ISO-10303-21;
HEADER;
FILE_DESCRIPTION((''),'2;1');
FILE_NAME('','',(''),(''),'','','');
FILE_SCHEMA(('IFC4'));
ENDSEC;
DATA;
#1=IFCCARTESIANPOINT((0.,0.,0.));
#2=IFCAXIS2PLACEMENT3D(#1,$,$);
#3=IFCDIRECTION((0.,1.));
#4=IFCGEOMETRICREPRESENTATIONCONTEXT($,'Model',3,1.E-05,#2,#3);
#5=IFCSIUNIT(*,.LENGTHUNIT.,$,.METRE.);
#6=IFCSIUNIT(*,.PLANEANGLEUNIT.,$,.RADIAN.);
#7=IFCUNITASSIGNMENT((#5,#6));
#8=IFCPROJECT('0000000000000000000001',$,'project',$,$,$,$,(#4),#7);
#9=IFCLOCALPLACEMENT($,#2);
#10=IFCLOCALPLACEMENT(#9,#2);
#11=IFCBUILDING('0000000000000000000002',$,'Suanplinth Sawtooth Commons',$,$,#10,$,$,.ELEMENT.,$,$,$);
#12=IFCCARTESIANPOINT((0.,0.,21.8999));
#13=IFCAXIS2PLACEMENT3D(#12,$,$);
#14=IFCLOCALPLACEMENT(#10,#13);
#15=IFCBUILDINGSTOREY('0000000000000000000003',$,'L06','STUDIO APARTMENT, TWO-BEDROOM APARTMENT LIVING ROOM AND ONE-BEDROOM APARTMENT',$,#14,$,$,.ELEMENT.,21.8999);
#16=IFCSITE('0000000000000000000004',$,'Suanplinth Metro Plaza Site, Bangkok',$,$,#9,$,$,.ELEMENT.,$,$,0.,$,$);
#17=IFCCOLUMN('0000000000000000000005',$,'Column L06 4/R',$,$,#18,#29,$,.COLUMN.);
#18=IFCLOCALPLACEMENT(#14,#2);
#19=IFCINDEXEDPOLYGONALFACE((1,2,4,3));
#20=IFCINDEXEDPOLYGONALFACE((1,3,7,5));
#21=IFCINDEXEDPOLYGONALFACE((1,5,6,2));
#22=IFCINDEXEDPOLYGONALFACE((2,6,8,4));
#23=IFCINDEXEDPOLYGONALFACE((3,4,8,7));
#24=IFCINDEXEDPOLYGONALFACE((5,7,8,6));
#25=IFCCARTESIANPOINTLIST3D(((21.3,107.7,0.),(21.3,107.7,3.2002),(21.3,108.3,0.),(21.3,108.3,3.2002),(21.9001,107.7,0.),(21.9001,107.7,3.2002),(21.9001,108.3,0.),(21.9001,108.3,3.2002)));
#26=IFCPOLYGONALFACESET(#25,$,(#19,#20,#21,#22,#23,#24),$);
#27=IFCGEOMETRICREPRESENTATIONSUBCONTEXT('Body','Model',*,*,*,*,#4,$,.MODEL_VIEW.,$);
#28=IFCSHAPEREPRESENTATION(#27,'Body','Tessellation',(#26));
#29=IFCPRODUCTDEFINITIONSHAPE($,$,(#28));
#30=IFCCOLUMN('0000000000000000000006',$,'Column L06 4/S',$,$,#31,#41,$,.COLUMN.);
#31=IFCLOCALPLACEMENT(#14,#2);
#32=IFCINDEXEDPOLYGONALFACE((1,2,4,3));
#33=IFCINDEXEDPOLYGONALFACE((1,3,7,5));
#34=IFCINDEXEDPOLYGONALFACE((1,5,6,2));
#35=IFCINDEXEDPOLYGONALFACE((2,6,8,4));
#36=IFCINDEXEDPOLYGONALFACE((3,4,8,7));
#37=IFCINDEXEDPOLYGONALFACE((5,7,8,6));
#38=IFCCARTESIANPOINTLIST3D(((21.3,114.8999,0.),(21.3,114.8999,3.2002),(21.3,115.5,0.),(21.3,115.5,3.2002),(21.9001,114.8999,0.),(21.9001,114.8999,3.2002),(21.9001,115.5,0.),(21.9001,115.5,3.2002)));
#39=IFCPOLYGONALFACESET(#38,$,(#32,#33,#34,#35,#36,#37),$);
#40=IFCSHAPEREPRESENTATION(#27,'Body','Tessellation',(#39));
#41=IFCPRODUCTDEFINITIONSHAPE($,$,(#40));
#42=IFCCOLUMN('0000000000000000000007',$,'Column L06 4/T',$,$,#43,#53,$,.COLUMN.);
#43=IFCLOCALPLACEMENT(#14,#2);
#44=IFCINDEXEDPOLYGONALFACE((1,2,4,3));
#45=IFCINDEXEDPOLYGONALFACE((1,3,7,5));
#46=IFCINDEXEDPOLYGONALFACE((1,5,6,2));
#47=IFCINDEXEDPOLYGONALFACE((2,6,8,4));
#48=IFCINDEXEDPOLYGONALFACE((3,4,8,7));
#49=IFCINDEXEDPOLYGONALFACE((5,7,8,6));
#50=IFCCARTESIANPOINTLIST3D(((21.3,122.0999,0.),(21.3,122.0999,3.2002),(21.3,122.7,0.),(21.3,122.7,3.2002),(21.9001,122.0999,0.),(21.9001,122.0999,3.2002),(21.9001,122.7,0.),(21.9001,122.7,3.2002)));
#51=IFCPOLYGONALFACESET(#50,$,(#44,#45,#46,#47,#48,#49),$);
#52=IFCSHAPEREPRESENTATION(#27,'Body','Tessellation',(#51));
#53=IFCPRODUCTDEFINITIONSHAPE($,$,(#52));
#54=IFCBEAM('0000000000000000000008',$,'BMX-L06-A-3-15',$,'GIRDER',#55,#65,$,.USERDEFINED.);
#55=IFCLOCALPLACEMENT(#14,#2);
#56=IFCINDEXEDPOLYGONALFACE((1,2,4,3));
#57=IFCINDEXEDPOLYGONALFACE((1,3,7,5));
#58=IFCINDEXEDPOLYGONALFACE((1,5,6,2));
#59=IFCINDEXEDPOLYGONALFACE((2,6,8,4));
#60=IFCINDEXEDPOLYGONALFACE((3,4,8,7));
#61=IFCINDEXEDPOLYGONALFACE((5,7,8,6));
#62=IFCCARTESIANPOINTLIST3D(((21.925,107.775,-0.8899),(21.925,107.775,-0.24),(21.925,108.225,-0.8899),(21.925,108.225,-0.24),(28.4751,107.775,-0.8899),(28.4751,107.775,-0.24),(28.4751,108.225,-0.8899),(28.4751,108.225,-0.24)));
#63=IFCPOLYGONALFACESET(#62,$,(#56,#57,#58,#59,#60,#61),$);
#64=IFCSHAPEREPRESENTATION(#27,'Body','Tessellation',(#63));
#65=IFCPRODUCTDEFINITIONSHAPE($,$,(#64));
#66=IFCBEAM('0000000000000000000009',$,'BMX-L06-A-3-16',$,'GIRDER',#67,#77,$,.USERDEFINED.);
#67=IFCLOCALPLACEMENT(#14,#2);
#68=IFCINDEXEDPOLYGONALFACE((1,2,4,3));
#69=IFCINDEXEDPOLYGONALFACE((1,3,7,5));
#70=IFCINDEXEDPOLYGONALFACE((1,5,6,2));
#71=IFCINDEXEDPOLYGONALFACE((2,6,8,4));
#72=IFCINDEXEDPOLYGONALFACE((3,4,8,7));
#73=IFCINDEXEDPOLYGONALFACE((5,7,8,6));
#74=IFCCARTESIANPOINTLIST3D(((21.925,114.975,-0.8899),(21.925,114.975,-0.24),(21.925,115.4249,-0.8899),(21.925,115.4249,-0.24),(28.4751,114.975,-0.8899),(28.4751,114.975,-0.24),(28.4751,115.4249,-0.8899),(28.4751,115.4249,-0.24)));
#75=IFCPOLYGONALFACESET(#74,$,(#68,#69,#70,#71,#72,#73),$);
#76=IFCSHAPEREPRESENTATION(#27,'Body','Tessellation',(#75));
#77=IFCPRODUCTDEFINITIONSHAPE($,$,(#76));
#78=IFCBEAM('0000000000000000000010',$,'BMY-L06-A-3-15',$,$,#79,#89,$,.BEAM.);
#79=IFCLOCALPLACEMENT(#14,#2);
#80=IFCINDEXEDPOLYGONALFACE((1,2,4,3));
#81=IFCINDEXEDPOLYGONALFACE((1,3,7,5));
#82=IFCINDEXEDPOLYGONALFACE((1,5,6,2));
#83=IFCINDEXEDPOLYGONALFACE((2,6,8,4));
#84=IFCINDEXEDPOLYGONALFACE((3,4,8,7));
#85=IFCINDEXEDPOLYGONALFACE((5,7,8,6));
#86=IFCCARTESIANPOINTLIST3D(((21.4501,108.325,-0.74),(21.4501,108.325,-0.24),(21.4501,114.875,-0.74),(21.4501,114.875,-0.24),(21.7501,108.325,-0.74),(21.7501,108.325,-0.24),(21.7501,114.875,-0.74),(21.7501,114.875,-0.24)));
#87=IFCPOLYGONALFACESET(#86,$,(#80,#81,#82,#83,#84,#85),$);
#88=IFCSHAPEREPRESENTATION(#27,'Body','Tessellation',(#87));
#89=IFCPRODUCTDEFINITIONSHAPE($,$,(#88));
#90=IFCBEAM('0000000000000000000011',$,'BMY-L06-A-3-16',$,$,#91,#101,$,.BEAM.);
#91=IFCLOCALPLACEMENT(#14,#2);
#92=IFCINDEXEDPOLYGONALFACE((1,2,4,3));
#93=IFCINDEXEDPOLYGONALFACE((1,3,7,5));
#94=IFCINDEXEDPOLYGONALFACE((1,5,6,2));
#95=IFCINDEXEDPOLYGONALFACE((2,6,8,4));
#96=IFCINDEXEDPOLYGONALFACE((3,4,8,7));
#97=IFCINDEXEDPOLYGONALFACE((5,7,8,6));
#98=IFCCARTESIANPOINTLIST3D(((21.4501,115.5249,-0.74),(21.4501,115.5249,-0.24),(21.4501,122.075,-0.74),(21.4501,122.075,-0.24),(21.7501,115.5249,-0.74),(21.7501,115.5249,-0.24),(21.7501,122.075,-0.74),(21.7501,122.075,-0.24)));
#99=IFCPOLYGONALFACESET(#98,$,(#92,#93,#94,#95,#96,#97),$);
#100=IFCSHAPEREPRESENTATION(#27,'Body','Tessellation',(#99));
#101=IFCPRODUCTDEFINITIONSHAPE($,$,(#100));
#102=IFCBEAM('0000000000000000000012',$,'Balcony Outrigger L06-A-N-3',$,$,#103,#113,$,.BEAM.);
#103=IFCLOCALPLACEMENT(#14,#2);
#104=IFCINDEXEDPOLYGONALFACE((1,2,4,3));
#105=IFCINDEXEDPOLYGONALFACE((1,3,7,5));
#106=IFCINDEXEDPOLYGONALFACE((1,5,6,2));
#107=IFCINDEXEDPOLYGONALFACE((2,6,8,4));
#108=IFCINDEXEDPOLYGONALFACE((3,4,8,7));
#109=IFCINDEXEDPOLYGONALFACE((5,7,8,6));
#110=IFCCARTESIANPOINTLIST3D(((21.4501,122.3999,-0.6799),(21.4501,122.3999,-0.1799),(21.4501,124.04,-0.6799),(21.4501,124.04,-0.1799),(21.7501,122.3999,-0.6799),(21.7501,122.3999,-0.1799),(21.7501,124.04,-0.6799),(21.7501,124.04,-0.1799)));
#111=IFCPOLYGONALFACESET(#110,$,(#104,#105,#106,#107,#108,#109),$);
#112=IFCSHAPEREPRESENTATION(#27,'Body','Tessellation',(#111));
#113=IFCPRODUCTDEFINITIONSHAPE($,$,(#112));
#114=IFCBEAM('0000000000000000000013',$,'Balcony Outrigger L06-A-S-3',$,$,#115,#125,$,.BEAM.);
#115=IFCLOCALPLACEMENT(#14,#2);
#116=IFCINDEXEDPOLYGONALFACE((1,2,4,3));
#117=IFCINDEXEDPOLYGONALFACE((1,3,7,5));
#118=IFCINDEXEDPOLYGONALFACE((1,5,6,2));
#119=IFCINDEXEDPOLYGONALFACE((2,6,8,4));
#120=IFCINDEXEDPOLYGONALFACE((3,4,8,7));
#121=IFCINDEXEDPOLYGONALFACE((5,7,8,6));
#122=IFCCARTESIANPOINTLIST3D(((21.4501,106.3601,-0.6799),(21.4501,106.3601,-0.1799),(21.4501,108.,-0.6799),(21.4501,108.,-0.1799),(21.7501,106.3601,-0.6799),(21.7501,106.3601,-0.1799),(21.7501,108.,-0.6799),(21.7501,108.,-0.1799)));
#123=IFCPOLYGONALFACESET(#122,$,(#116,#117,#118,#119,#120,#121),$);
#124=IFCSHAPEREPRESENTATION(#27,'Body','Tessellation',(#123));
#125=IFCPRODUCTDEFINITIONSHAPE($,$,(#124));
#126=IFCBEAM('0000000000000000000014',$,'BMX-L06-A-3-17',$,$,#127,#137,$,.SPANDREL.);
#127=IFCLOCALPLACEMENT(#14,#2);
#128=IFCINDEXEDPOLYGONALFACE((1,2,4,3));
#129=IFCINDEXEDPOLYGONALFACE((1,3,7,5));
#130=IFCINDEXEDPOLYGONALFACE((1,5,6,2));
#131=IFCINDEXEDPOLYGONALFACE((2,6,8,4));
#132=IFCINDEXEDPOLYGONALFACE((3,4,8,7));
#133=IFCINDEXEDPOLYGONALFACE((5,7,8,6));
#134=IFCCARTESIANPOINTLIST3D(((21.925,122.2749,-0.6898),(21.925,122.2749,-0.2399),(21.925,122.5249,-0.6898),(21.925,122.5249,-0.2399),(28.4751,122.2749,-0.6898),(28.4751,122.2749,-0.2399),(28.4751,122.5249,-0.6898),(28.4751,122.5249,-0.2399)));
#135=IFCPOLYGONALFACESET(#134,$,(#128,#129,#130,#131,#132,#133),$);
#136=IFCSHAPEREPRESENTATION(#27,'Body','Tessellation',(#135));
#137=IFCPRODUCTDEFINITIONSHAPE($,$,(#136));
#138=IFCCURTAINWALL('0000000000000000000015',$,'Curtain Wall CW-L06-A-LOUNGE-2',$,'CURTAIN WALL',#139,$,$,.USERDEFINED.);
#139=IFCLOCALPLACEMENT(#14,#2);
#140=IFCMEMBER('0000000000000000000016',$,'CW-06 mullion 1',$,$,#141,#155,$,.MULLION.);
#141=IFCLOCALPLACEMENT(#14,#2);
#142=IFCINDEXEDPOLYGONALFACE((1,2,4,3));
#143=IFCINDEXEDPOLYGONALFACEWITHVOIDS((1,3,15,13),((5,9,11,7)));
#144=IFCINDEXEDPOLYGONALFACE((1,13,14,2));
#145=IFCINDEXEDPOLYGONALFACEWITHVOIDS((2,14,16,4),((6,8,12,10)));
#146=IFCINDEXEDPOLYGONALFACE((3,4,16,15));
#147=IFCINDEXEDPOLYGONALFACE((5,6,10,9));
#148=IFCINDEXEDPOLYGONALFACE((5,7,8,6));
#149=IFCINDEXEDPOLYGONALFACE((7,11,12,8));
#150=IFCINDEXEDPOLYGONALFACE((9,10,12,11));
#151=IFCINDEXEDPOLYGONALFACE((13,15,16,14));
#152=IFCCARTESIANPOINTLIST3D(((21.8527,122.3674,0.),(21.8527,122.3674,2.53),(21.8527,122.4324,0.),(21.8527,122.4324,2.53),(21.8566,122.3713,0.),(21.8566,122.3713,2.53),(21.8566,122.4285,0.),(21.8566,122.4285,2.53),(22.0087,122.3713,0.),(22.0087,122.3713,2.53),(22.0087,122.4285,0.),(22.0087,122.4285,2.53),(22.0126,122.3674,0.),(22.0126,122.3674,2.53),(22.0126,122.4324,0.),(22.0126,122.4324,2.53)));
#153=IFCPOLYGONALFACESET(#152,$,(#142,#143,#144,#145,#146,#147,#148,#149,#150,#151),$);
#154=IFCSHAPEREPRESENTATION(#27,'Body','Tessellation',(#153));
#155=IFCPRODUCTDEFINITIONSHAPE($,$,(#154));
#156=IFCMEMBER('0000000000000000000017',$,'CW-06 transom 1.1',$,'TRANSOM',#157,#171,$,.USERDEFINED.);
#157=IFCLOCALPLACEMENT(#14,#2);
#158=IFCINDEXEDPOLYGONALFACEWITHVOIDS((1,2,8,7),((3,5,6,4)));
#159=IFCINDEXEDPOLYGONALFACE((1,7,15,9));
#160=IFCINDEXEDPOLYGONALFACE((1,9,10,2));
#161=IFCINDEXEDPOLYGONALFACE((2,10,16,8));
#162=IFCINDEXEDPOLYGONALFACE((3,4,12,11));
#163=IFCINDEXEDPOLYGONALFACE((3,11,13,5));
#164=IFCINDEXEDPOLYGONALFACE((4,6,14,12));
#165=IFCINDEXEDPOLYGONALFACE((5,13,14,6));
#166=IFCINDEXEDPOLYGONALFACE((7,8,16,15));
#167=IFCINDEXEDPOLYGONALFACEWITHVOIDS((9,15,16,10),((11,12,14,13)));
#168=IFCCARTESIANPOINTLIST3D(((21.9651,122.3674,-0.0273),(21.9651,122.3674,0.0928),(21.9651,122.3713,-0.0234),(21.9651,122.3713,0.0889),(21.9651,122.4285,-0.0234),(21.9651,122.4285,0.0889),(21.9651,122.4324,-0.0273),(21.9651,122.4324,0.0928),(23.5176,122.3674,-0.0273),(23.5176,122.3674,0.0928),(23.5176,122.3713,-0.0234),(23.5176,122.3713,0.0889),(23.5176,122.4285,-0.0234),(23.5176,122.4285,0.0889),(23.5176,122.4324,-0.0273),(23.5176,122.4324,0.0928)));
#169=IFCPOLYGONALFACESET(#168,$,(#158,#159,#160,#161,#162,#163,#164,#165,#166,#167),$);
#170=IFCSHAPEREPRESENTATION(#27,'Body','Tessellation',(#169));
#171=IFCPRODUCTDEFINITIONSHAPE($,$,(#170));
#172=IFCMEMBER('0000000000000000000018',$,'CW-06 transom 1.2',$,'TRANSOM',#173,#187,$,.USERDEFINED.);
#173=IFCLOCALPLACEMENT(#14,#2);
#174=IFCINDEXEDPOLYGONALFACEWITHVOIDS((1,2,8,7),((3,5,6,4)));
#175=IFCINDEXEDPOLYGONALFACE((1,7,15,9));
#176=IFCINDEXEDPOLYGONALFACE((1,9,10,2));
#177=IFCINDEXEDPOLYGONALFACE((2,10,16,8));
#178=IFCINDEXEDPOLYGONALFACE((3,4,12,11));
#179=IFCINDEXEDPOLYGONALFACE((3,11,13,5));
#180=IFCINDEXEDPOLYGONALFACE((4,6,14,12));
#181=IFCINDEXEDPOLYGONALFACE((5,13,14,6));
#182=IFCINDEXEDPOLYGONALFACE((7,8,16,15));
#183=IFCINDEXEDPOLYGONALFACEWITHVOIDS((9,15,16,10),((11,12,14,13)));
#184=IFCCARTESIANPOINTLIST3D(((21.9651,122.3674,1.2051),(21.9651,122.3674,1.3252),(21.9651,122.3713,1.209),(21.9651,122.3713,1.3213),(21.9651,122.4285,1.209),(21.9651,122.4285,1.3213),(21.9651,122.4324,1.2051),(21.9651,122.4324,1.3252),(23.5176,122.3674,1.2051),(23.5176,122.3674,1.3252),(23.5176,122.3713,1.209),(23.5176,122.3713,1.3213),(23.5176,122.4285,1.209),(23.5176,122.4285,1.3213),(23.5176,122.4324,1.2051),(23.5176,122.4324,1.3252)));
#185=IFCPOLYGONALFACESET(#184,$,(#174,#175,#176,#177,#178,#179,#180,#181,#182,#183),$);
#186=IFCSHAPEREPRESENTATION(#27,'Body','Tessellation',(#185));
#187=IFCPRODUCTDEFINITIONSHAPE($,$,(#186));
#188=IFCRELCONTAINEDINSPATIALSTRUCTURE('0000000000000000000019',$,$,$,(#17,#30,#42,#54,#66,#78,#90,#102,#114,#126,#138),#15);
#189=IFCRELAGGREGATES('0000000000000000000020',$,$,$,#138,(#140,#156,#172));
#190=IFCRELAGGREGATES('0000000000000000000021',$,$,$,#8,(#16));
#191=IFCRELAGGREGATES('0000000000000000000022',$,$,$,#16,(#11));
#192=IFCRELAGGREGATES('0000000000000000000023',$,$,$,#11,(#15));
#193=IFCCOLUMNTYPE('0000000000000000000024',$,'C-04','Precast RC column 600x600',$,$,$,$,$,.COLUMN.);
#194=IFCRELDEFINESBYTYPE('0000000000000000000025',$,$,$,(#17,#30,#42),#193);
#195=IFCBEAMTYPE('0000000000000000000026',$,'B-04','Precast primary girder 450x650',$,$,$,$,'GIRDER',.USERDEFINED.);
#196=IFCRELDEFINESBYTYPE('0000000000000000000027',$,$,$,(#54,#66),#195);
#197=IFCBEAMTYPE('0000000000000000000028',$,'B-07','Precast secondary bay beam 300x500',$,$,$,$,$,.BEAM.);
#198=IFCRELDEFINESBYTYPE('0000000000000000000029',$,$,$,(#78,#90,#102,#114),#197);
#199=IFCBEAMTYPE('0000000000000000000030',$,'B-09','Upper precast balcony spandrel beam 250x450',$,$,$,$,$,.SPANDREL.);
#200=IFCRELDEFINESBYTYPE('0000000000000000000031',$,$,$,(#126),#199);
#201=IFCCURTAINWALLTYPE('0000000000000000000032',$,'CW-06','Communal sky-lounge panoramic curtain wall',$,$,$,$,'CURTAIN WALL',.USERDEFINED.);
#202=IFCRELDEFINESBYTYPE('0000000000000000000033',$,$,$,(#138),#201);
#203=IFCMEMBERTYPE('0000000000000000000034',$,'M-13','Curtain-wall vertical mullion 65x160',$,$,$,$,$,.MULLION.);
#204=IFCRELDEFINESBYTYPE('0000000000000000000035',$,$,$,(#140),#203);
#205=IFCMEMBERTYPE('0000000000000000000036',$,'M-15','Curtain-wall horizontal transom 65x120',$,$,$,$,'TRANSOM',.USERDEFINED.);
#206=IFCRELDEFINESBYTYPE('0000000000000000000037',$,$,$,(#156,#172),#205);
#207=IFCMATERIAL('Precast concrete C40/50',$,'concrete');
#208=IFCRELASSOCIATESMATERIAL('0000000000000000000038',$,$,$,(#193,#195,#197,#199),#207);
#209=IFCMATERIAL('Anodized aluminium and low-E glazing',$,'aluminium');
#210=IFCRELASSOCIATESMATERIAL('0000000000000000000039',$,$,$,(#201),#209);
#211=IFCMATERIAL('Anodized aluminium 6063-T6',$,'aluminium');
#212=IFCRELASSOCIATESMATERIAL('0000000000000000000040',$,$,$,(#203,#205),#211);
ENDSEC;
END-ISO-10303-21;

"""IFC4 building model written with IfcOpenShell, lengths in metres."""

from ifc_helpers import new_model, si_unit, direction, frame, origin, origin_2d, place, context, subcontext, project, spatial, rectangle, hollow_rectangle, extrude, material, material_profile, profile_set, type_object, element, aggregate, save


model = new_model("IFC4")

# Units and contexts
model_context = context("Model", 3, precision=1e-05, world=origin(), true_north=direction((0.0, 1.0)))
body_context = subcontext(model_context, "Body", "Model", "MODEL_VIEW")
ifc_project = project(units=[si_unit("LENGTHUNIT", "METRE"), si_unit("PLANEANGLEUNIT", "RADIAN")], contexts=[model_context])

# Site, building, storey
site_placement = place(None, origin())
site = spatial("IfcSite", under=ifc_project, at=site_placement, Name="Suanplinth Metro Plaza Site, Bangkok", CompositionType="ELEMENT", RefElevation=0.0)
building_placement = place(site_placement, origin())
building = spatial("IfcBuilding", under=site, at=building_placement, Name="Suanplinth Sawtooth Commons", CompositionType="ELEMENT")
storey_placement = place(building_placement, frame((0.0, 0.0, 21.8999)))
storey = spatial("IfcBuildingStorey", under=building, at=storey_placement, Name="L06", Description="STUDIO APARTMENT, TWO-BEDROOM APARTMENT LIVING ROOM AND ONE-BEDROOM APARTMENT", CompositionType="ELEMENT", Elevation=21.8999)

# Columns
ifc_material_1 = material(Name="Precast concrete C40/50", Category="concrete")
ifc_material_profile_1 = material_profile(ifc_material_1, rectangle(XDim=0.6001, YDim=0.6001, at=origin_2d()), Name="PC-COL 600x600")
ifc_profile_set_1 = profile_set([ifc_material_profile_1], Name="Precast concrete C40/50")
column_type = type_object("IfcColumnType", Name="C-04", Description="Precast RC column 600x600", PredefinedType="COLUMN", material=ifc_profile_set_1)
for number, where, z_axis, x_axis, name in (
    (1, (21.6001, 108.0, 0.0), (0.0, 0.0, 1.0), (1.0, 0.0, 0.0), "Column L06 4/R"),
    (2, (21.6001, 115.2, 0.0), (0.0, 0.0, 1.0), (1.0, 0.0, 0.0), "Column L06 4/S"),
    (3, (21.6001, 122.3999, 0.0), (0.0, 0.0, 1.0), (1.0, 0.0, 0.0), "Column L06 4/T"),
):
    element("IfcColumn", number, at=place(storey_placement, frame(where, z_axis=z_axis, x_axis=x_axis)), inside=storey, type_object=column_type, Name=name, PredefinedType="COLUMN", context=body_context, shape_type="SweptSolid", body=[
        extrude(rectangle(XDim=0.6001, YDim=0.6001, at=origin_2d()), origin(), (0.0, 0.0, 1.0), 3.2002),
    ])

# Beams
ifc_material_profile_2 = material_profile(ifc_material_1, rectangle(XDim=0.45, YDim=0.6499, at=origin_2d()), Name="PC-GDR 450x650")
ifc_profile_set_2 = profile_set([ifc_material_profile_2], Name="Precast concrete C40/50")
beam_type_1 = type_object("IfcBeamType", Name="B-04", Description="Precast primary girder 450x650", ElementType="GIRDER", PredefinedType="USERDEFINED", material=ifc_profile_set_2)
for number, where, z_axis, x_axis, name in (
    (4, (21.925, 108.0, -0.5649), (1.0, 0.0, 0.0), (0.0, 1.0, 0.0), "BMX-L06-A-3-15"),
    (5, (21.925, 115.2, -0.5649), (1.0, 0.0, 0.0), (0.0, 1.0, 0.0), "BMX-L06-A-3-16"),
):
    element("IfcBeam", number, at=place(storey_placement, frame(where, z_axis=z_axis, x_axis=x_axis)), inside=storey, type_object=beam_type_1, Name=name, ObjectType="GIRDER", PredefinedType="USERDEFINED", context=body_context, shape_type="SweptSolid", body=[
        extrude(rectangle(XDim=0.45, YDim=0.6499, at=origin_2d()), origin(), (0.0, 0.0, 1.0), 6.55),
    ])
ifc_material_profile_3 = material_profile(ifc_material_1, rectangle(XDim=0.3, YDim=0.5, at=origin_2d()), Name="PC-BM 300x500")
ifc_profile_set_3 = profile_set([ifc_material_profile_3], Name="Precast concrete C40/50")
beam_type_2 = type_object("IfcBeamType", Name="B-07", Description="Precast secondary bay beam 300x500", PredefinedType="BEAM", material=ifc_profile_set_3)
for number, where, z_axis, x_axis, name in (
    (6, (21.6001, 108.325, -0.49), (0.0, 1.0, 0.0), (-1.0, 0.0, 0.0), "BMY-L06-A-3-15"),
    (7, (21.6001, 115.5249, -0.49), (0.0, 1.0, 0.0), (-1.0, 0.0, 0.0), "BMY-L06-A-3-16"),
):
    element("IfcBeam", number, at=place(storey_placement, frame(where, z_axis=z_axis, x_axis=x_axis)), inside=storey, type_object=beam_type_2, Name=name, PredefinedType="BEAM", context=body_context, shape_type="SweptSolid", body=[
        extrude(rectangle(XDim=0.3, YDim=0.5, at=origin_2d()), origin(), (0.0, 0.0, 1.0), 6.55),
    ])
beam_1_placement = place(storey_placement, frame((21.6001, 122.3999, -0.4299), z_axis=(0.0, 1.0, 0.0), x_axis=(-1.0, 0.0, 0.0)))
element("IfcBeam", 8, at=beam_1_placement, inside=storey, type_object=beam_type_2, Name="Balcony Outrigger L06-A-N-3", PredefinedType="BEAM", context=body_context, shape_type="SweptSolid", body=[
    extrude(rectangle(XDim=0.3, YDim=0.5, at=origin_2d()), origin(), (0.0, 0.0, 1.0), 1.6401),
])
beam_2_placement = place(storey_placement, frame((21.6001, 108.0, -0.4299), z_axis=(0.0, -1.0, 0.0), x_axis=(1.0, 0.0, 0.0)))
element("IfcBeam", 9, at=beam_2_placement, inside=storey, type_object=beam_type_2, Name="Balcony Outrigger L06-A-S-3", PredefinedType="BEAM", context=body_context, shape_type="SweptSolid", body=[
    extrude(rectangle(XDim=0.3, YDim=0.5, at=origin_2d()), origin(), (0.0, 0.0, 1.0), 1.6399),
])
ifc_material_profile_4 = material_profile(ifc_material_1, rectangle(XDim=0.25, YDim=0.45, at=origin_2d()), Name="PC-SP 250x450")
ifc_profile_set_4 = profile_set([ifc_material_profile_4], Name="Precast concrete C40/50")
beam_type_3 = type_object("IfcBeamType", Name="B-09", Description="Upper precast balcony spandrel beam 250x450", PredefinedType="SPANDREL", material=ifc_profile_set_4)
beam_3_placement = place(storey_placement, frame((21.925, 122.3999, -0.4648), z_axis=(1.0, 0.0, 0.0), x_axis=(0.0, 1.0, 0.0)))
element("IfcBeam", 10, at=beam_3_placement, inside=storey, type_object=beam_type_3, Name="BMX-L06-A-3-17", PredefinedType="SPANDREL", context=body_context, shape_type="SweptSolid", body=[
    extrude(rectangle(XDim=0.25, YDim=0.45, at=origin_2d()), origin(), (0.0, 0.0, 1.0), 6.55),
])

# Curtain wall, members
ifc_material_2 = material(Name="Anodized aluminium and low-E glazing", Category="aluminium")
curtain_wall_type = type_object("IfcCurtainWallType", Name="CW-06", Description="Communal sky-lounge panoramic curtain wall", ElementType="CURTAIN WALL", PredefinedType="USERDEFINED", material=ifc_material_2)
curtain_wall_placement = place(storey_placement, origin())
curtain_wall = element("IfcCurtainWall", 11, at=curtain_wall_placement, inside=storey, type_object=curtain_wall_type, Name="Curtain Wall CW-L06-A-LOUNGE-2", ObjectType="CURTAIN WALL", PredefinedType="USERDEFINED")
ifc_material_3 = material(Name="Anodized aluminium 6063-T6", Category="aluminium")
ifc_material_profile_5 = material_profile(ifc_material_3, hollow_rectangle(XDim=0.0649, YDim=0.1599, WallThickness=0.0039, at=origin_2d()), Name="ALU-MUL 65x160")
ifc_profile_set_5 = profile_set([ifc_material_profile_5], Name="Anodized aluminium 6063-T6")
member_type_1 = type_object("IfcMemberType", Name="M-13", Description="Curtain-wall vertical mullion 65x160", PredefinedType="MULLION", material=ifc_profile_set_5)
member_1_placement = place(storey_placement, frame((21.9326, 122.3999, 0.0), z_axis=(0.0, 0.0, 1.0), x_axis=(0.0, 1.0, 0.0)))
member_1 = element("IfcMember", 12, at=member_1_placement, type_object=member_type_1, Name="CW-06 mullion 1", PredefinedType="MULLION", context=body_context, shape_type="SweptSolid", body=[
    extrude(hollow_rectangle(XDim=0.0649, YDim=0.1599, WallThickness=0.0039, at=origin_2d()), origin(), (0.0, 0.0, 1.0), 2.53),
])
ifc_material_profile_6 = material_profile(ifc_material_3, hollow_rectangle(XDim=0.0649, YDim=0.1201, WallThickness=0.0039, at=origin_2d()), Name="ALU-TRN 65x120")
ifc_profile_set_6 = profile_set([ifc_material_profile_6], Name="Anodized aluminium 6063-T6")
member_type_2 = type_object("IfcMemberType", Name="M-15", Description="Curtain-wall horizontal transom 65x120", ElementType="TRANSOM", PredefinedType="USERDEFINED", material=ifc_profile_set_6)
member_2_placement = place(storey_placement, frame((21.9651, 122.3999, 0.0327), z_axis=(1.0, 0.0, 0.0), x_axis=(0.0, 1.0, 0.0)))
member_2 = element("IfcMember", 13, at=member_2_placement, type_object=member_type_2, Name="CW-06 transom 1.1", ObjectType="TRANSOM", PredefinedType="USERDEFINED", context=body_context, shape_type="SweptSolid", body=[
    extrude(hollow_rectangle(XDim=0.0649, YDim=0.1201, WallThickness=0.0039, at=origin_2d()), origin(), (0.0, 0.0, 1.0), 1.5525),
])
member_3_placement = place(storey_placement, frame((21.9651, 122.3999, 1.2651), z_axis=(1.0, 0.0, 0.0), x_axis=(0.0, 1.0, 0.0)))
member_3 = element("IfcMember", 14, at=member_3_placement, type_object=member_type_2, Name="CW-06 transom 1.2", ObjectType="TRANSOM", PredefinedType="USERDEFINED", context=body_context, shape_type="SweptSolid", body=[
    extrude(hollow_rectangle(XDim=0.0649, YDim=0.1201, WallThickness=0.0039, at=origin_2d()), origin(), (0.0, 0.0, 1.0), 1.5525),
])
aggregate(curtain_wall, [member_1, member_2, member_3])

save(model, "model.ifc")
